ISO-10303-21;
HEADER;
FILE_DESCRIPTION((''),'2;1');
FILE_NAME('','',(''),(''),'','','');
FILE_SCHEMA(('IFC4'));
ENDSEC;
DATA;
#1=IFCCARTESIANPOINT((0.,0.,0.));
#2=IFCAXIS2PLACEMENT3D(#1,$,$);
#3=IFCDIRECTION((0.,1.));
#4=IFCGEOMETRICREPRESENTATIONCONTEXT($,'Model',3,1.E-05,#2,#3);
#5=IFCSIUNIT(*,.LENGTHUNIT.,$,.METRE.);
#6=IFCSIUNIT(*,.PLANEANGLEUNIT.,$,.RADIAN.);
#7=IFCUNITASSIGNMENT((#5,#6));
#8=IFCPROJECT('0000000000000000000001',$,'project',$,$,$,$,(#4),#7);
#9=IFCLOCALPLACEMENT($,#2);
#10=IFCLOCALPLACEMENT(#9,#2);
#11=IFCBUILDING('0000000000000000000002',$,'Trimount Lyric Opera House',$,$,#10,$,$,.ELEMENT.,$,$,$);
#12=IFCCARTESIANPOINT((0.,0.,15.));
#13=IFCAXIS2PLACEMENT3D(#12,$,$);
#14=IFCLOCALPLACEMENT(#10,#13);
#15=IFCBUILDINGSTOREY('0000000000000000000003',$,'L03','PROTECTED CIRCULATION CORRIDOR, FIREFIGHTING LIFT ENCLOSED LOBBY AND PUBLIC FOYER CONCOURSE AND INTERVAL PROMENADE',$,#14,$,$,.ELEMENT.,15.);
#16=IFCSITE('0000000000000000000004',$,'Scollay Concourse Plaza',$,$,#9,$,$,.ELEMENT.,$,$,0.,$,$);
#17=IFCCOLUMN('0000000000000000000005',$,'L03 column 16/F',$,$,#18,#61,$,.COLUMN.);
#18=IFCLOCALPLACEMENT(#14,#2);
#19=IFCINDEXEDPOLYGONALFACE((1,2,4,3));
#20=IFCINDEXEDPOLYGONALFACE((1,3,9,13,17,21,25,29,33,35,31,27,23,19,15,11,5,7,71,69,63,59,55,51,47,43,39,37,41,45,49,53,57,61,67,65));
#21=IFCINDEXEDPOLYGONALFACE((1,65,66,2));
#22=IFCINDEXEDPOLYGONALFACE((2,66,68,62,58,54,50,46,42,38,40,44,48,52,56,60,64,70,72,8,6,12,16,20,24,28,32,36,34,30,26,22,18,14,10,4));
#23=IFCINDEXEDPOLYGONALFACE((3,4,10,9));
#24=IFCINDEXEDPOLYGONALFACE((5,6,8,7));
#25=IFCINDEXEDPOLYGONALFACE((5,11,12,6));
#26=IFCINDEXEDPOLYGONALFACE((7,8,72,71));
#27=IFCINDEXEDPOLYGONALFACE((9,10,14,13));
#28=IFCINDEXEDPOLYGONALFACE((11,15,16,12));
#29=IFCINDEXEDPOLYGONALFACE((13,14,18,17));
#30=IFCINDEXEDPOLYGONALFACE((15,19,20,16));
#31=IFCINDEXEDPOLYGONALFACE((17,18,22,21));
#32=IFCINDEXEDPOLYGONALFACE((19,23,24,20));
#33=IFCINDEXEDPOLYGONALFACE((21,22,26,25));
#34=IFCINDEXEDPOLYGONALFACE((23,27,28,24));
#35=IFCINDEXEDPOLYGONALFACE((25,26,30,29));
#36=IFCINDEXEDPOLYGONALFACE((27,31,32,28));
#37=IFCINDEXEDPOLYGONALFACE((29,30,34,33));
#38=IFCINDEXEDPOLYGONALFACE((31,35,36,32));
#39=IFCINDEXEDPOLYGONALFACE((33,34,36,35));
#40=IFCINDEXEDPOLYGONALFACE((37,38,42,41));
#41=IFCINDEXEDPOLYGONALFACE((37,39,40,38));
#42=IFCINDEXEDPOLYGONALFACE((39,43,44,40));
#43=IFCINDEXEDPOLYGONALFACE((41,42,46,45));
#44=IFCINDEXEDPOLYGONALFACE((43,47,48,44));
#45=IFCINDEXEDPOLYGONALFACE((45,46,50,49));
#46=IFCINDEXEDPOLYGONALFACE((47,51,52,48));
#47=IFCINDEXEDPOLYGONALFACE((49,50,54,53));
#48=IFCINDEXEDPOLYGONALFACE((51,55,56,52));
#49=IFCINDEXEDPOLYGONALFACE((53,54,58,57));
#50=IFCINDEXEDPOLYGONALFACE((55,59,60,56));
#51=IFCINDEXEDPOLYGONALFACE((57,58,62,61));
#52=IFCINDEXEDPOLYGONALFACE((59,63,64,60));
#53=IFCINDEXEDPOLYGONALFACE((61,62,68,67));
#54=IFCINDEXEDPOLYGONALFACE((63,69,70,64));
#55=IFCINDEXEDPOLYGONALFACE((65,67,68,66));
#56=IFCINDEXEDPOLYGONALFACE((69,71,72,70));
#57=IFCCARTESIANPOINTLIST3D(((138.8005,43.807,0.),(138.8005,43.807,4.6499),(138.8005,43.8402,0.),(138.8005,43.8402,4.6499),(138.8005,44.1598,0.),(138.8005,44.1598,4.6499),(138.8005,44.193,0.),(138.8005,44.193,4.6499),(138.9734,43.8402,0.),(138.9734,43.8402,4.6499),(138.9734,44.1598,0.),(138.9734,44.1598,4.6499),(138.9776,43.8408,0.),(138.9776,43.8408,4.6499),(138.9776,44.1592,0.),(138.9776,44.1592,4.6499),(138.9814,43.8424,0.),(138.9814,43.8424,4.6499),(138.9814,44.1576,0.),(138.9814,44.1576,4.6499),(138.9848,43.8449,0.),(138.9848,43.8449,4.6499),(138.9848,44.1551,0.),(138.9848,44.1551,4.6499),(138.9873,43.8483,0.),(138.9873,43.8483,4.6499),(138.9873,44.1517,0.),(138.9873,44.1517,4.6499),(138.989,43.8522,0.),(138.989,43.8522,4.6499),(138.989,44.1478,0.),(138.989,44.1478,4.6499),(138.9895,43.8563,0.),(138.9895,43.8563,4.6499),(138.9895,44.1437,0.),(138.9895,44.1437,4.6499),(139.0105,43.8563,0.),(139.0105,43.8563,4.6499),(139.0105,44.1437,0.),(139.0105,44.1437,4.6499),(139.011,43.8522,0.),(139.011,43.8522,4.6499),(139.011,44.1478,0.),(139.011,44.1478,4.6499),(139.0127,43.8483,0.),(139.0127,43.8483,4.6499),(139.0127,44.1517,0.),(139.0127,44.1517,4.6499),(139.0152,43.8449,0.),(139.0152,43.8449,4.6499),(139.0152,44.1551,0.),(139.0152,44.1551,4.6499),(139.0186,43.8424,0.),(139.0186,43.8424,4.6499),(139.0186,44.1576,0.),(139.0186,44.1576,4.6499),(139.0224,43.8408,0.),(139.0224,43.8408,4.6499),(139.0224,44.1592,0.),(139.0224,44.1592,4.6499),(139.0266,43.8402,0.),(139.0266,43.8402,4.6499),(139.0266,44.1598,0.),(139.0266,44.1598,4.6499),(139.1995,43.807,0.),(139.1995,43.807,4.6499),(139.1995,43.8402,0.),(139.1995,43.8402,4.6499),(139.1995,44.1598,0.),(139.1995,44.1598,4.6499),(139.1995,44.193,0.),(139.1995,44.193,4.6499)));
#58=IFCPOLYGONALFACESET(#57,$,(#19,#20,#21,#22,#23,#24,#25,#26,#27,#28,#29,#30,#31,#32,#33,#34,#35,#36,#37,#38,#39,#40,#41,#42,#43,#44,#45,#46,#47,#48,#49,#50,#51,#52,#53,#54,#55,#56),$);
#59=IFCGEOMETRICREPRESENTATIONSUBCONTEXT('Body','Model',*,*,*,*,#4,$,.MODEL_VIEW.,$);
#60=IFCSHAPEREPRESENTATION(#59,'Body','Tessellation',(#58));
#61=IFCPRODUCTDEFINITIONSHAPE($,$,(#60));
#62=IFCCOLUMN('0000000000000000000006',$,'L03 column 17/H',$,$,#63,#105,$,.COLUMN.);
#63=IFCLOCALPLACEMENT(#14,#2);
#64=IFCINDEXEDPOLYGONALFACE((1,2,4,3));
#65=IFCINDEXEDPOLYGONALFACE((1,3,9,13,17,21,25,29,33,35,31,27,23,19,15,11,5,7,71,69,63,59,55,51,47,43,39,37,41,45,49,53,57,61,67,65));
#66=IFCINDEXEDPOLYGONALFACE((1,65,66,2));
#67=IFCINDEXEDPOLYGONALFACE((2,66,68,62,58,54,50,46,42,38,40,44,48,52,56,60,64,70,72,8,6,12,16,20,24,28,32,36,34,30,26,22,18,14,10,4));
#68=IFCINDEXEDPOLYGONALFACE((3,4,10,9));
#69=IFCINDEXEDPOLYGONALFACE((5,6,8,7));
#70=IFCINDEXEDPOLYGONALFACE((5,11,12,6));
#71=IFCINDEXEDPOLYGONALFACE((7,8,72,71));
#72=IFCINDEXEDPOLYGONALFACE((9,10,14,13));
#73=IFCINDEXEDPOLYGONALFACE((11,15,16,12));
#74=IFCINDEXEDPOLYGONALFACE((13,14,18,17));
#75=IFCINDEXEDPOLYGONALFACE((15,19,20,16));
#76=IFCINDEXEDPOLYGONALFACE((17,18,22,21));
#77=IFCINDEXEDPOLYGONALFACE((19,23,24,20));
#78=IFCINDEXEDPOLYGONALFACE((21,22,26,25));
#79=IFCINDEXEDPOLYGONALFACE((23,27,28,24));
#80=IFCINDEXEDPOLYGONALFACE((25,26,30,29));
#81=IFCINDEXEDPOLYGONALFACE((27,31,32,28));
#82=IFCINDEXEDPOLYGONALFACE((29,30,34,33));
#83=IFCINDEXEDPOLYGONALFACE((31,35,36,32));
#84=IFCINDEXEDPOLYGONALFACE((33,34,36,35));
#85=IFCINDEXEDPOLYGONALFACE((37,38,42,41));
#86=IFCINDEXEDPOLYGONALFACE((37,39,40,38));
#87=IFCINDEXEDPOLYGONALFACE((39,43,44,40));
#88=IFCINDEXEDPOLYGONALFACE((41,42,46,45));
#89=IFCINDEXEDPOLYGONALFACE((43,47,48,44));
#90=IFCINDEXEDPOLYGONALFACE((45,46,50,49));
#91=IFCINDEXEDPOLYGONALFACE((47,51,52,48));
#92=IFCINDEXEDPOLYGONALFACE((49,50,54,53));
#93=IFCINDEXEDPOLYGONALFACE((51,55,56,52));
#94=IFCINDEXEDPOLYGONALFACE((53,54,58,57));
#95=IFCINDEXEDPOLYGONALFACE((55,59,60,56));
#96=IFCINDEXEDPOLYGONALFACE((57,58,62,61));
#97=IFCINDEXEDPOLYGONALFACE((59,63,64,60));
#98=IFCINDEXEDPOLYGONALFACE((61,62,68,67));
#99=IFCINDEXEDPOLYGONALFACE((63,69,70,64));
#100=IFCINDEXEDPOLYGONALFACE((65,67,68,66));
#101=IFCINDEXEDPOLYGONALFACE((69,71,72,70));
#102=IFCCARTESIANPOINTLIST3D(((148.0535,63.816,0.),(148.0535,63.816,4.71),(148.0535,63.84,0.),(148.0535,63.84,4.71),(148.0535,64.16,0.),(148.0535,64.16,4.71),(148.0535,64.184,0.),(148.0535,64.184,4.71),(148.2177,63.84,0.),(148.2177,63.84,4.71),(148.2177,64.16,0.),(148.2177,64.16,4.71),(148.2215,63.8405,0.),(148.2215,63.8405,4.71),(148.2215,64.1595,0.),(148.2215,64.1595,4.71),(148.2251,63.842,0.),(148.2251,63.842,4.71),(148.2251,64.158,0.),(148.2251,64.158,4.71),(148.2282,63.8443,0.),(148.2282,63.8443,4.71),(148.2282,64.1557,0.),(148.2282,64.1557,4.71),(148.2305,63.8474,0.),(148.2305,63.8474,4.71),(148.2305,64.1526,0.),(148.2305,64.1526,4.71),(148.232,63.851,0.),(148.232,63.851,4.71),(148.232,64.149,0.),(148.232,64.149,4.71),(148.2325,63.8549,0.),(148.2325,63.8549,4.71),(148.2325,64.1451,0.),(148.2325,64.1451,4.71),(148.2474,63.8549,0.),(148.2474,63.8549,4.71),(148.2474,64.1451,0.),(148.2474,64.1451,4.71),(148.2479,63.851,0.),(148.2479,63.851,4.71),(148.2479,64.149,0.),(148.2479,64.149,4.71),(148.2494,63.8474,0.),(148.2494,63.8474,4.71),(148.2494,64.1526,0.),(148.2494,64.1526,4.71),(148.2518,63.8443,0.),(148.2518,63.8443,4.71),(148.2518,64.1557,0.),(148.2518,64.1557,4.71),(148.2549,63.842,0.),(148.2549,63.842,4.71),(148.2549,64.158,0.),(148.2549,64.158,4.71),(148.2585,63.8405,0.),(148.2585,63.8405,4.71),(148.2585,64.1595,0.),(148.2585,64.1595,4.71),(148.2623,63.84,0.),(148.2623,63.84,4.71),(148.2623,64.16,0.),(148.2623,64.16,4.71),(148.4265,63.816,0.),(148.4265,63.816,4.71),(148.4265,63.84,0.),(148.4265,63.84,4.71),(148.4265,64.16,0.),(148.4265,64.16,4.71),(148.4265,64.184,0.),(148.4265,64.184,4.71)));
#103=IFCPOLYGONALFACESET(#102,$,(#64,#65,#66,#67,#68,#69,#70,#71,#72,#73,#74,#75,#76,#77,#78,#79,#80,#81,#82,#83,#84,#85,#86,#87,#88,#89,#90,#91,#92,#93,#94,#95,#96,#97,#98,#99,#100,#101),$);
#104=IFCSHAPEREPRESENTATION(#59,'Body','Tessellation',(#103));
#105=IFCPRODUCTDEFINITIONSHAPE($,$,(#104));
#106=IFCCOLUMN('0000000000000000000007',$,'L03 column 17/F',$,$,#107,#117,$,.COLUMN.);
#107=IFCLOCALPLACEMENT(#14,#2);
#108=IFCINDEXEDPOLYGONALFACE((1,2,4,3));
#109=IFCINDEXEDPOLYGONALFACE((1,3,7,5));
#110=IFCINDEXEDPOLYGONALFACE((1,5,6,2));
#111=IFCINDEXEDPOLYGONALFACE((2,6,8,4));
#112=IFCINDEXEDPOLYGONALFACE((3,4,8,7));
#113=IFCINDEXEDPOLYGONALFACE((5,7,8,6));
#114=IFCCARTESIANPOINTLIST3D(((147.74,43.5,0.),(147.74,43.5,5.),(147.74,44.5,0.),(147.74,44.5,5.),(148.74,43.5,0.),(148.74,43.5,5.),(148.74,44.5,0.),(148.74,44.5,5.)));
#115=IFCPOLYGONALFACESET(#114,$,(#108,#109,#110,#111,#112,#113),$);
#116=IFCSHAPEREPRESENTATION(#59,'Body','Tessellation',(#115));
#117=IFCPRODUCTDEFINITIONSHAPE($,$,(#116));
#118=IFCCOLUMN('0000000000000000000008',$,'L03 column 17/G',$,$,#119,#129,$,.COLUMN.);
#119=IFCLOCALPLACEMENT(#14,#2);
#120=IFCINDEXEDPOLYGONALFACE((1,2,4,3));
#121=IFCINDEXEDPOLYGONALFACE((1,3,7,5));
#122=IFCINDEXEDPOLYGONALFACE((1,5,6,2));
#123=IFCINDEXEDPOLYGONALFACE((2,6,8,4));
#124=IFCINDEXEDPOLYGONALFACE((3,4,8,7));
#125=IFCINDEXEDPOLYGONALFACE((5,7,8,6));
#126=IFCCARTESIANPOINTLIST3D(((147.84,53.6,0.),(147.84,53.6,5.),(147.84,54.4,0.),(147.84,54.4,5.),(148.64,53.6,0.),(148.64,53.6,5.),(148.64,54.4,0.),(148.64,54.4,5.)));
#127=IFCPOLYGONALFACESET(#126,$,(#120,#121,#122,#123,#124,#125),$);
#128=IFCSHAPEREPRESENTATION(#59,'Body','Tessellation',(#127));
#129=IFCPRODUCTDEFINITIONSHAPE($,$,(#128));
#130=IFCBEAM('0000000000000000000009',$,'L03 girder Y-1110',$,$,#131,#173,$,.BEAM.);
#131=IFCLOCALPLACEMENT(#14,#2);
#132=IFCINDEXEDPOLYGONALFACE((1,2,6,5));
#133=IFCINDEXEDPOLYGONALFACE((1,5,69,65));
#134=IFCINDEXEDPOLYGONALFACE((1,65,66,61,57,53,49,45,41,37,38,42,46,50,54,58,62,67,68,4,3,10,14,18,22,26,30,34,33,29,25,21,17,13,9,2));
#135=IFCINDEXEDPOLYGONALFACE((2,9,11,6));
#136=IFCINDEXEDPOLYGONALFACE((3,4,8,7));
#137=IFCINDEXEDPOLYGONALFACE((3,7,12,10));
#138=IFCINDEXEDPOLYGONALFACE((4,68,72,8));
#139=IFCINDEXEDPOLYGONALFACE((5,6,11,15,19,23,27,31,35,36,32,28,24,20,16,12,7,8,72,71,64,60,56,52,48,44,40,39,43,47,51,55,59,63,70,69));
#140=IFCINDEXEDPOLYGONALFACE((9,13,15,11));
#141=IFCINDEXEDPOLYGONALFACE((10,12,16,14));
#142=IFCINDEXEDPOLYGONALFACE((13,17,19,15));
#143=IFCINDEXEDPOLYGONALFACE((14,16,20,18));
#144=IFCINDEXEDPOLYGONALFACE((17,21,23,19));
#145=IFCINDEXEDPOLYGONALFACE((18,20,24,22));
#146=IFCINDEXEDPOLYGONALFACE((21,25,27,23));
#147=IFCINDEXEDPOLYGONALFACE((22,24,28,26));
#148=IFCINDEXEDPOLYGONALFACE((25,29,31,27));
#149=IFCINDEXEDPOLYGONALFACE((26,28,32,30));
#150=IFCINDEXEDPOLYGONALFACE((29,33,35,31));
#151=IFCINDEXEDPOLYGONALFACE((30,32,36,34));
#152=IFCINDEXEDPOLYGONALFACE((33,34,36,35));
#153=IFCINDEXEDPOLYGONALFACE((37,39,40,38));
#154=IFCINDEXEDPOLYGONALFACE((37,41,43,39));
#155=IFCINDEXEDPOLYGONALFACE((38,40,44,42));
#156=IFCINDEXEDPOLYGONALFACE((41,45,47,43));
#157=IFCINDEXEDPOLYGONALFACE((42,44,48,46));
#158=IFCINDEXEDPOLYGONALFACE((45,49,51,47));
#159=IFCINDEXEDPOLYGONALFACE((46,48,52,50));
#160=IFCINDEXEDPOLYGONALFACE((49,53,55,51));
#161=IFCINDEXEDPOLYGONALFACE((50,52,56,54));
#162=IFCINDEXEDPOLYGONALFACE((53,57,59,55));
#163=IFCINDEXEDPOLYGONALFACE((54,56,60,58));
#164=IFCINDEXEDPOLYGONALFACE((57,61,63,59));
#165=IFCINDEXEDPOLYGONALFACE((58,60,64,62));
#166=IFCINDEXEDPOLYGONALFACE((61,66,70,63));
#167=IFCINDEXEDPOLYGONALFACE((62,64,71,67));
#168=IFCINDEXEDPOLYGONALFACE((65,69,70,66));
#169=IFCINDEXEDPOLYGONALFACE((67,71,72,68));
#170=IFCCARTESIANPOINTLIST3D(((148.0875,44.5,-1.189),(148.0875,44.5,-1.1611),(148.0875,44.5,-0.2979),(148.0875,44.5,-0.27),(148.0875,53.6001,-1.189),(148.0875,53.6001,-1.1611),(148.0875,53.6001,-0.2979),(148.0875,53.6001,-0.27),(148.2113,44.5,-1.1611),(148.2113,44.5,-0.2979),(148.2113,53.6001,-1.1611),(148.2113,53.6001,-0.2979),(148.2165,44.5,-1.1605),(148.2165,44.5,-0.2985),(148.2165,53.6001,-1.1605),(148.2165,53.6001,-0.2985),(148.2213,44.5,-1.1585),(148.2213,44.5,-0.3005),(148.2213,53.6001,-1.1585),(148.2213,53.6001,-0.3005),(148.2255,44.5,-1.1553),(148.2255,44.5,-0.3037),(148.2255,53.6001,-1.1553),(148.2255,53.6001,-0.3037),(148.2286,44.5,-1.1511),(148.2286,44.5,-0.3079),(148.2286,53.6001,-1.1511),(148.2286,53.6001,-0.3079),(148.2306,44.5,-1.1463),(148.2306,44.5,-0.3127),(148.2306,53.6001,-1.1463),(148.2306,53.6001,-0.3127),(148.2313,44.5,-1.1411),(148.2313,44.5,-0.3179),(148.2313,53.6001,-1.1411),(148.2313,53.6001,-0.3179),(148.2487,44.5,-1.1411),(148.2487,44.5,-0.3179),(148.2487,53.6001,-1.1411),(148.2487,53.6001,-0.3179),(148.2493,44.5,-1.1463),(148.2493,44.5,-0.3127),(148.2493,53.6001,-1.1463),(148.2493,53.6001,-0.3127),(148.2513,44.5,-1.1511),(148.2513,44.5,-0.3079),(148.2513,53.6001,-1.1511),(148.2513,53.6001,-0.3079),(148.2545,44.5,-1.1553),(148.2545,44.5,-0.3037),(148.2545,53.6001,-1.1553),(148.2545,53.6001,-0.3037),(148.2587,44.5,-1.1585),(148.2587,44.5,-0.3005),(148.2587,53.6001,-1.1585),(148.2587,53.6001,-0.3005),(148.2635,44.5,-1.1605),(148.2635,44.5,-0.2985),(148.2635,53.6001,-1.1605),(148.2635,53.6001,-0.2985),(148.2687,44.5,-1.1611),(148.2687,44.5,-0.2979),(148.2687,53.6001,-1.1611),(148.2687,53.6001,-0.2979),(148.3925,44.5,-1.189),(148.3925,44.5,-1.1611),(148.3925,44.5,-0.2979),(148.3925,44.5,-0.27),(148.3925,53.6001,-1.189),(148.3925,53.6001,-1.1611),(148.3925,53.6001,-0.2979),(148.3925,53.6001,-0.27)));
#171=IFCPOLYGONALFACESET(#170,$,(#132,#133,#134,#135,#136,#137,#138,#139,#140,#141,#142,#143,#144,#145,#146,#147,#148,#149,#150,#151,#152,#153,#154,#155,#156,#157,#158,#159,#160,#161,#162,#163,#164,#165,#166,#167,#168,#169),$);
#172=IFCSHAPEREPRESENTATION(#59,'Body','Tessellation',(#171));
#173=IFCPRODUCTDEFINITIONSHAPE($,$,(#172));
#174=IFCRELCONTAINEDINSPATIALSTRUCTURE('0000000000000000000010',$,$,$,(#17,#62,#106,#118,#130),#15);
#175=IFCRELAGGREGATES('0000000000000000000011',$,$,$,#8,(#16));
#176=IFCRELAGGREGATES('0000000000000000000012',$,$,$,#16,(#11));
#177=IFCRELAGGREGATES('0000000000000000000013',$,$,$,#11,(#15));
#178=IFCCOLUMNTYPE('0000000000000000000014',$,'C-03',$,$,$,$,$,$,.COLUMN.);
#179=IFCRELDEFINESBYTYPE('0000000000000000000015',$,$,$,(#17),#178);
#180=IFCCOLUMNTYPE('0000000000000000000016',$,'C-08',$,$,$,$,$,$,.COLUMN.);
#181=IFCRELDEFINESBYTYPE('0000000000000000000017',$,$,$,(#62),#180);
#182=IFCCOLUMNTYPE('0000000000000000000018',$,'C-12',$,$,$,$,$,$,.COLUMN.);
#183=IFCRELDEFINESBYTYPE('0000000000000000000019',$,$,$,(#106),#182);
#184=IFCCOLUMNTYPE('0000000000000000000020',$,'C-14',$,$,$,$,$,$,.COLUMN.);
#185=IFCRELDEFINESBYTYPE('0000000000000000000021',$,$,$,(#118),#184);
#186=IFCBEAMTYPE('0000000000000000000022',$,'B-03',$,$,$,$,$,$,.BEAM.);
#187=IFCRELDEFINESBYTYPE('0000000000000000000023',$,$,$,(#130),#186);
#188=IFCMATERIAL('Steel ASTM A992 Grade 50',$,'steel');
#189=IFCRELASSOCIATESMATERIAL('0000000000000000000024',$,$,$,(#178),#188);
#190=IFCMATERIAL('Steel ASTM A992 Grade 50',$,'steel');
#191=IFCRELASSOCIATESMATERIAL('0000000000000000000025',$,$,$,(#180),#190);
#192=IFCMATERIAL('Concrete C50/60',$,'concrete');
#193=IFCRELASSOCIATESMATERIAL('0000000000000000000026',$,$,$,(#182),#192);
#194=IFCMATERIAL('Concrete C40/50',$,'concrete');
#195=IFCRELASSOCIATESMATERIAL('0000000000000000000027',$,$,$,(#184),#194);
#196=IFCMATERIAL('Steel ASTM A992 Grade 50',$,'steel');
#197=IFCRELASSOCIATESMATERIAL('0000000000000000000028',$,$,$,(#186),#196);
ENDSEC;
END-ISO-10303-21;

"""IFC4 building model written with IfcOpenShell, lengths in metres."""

from ifc_helpers import new_model, si_unit, direction, frame, origin, origin_2d, place, context, subcontext, project, spatial, rectangle, i_section, extrude, material, material_profile, profile_set, type_object, element, save


model = new_model("IFC4")

# Units and contexts
model_context = context("Model", 3, precision=1e-05, world=origin(), true_north=direction((0.0, 1.0)))
body_context = subcontext(model_context, "Body", "Model", "MODEL_VIEW")
ifc_project = project(units=[si_unit("LENGTHUNIT", "METRE"), si_unit("PLANEANGLEUNIT", "RADIAN")], contexts=[model_context])

# Site, building, storey
site_placement = place(None, origin())
site = spatial("IfcSite", under=ifc_project, at=site_placement, Name="Scollay Concourse Plaza", CompositionType="ELEMENT", RefElevation=0.0)
building_placement = place(site_placement, origin())
building = spatial("IfcBuilding", under=site, at=building_placement, Name="Trimount Lyric Opera House", CompositionType="ELEMENT")
storey_placement = place(building_placement, frame((0.0, 0.0, 15.0)))
storey = spatial("IfcBuildingStorey", under=building, at=storey_placement, Name="L03", Description="PROTECTED CIRCULATION CORRIDOR, FIREFIGHTING LIFT ENCLOSED LOBBY AND PUBLIC FOYER CONCOURSE AND INTERVAL PROMENADE", CompositionType="ELEMENT", Elevation=15.0)

# Columns
ifc_material_1 = material(Name="Steel ASTM A992 Grade 50", Category="steel")
ifc_material_profile_1 = material_profile(ifc_material_1, i_section(OverallWidth=0.3989, OverallDepth=0.386, WebThickness=0.021, FlangeThickness=0.0332, FilletRadius=0.0161, at=origin_2d()), Name="W14X176")
ifc_profile_set_1 = profile_set([ifc_material_profile_1], Name="Steel ASTM A992 Grade 50")
column_type_1 = type_object("IfcColumnType", Name="C-03", PredefinedType="COLUMN", material=ifc_profile_set_1)
column_1_placement = place(storey_placement, frame((139.0, 44.0, 0.0), z_axis=(0.0, 0.0, 1.0), x_axis=(1.0, 0.0, 0.0)))
element("IfcColumn", 1, at=column_1_placement, inside=storey, type_object=column_type_1, Name="L03 column 16/F", PredefinedType="COLUMN", context=body_context, shape_type="SweptSolid", body=[
    extrude(i_section(OverallWidth=0.3989, OverallDepth=0.386, WebThickness=0.021, FlangeThickness=0.0332, FilletRadius=0.0161, at=origin_2d()), origin(), (0.0, 0.0, 1.0), 4.6499),
])
ifc_material_2 = material(Name="Steel ASTM A992 Grade 50", Category="steel")
ifc_material_profile_2 = material_profile(ifc_material_2, i_section(OverallWidth=0.373, OverallDepth=0.3679, WebThickness=0.0149, FlangeThickness=0.0239, FilletRadius=0.0149, at=origin_2d()), Name="W14X120")
ifc_profile_set_2 = profile_set([ifc_material_profile_2], Name="Steel ASTM A992 Grade 50")
column_type_2 = type_object("IfcColumnType", Name="C-08", PredefinedType="COLUMN", material=ifc_profile_set_2)
column_2_placement = place(storey_placement, frame((148.24, 64.0, 0.0), z_axis=(0.0, 0.0, 1.0), x_axis=(1.0, 0.0, 0.0)))
element("IfcColumn", 2, at=column_2_placement, inside=storey, type_object=column_type_2, Name="L03 column 17/H", PredefinedType="COLUMN", context=body_context, shape_type="SweptSolid", body=[
    extrude(i_section(OverallWidth=0.373, OverallDepth=0.3679, WebThickness=0.0149, FlangeThickness=0.0239, FilletRadius=0.0149, at=origin_2d()), origin(), (0.0, 0.0, 1.0), 4.71),
])
ifc_material_3 = material(Name="Concrete C50/60", Category="concrete")
ifc_material_profile_3 = material_profile(ifc_material_3, rectangle(XDim=1.0, YDim=1.0, at=origin_2d()), Name="RC1000X1000")
ifc_profile_set_3 = profile_set([ifc_material_profile_3], Name="Concrete C50/60")
column_type_3 = type_object("IfcColumnType", Name="C-12", PredefinedType="COLUMN", material=ifc_profile_set_3)
column_3_placement = place(storey_placement, frame((148.24, 44.0, 0.0), z_axis=(0.0, 0.0, 1.0), x_axis=(1.0, 0.0, 0.0)))
element("IfcColumn", 3, at=column_3_placement, inside=storey, type_object=column_type_3, Name="L03 column 17/F", PredefinedType="COLUMN", context=body_context, shape_type="SweptSolid", body=[
    extrude(rectangle(XDim=1.0, YDim=1.0, at=origin_2d()), origin(), (0.0, 0.0, 1.0), 5.0),
])
ifc_material_4 = material(Name="Concrete C40/50", Category="concrete")
ifc_material_profile_4 = material_profile(ifc_material_4, rectangle(XDim=0.8, YDim=0.8, at=origin_2d()), Name="RC800X800")
ifc_profile_set_4 = profile_set([ifc_material_profile_4], Name="Concrete C40/50")
column_type_4 = type_object("IfcColumnType", Name="C-14", PredefinedType="COLUMN", material=ifc_profile_set_4)
column_4_placement = place(storey_placement, frame((148.24, 54.0, 0.0), z_axis=(0.0, 0.0, 1.0), x_axis=(1.0, 0.0, 0.0)))
element("IfcColumn", 4, at=column_4_placement, inside=storey, type_object=column_type_4, Name="L03 column 17/G", PredefinedType="COLUMN", context=body_context, shape_type="SweptSolid", body=[
    extrude(rectangle(XDim=0.8, YDim=0.8, at=origin_2d()), origin(), (0.0, 0.0, 1.0), 5.0),
])

# Beam
ifc_material_5 = material(Name="Steel ASTM A992 Grade 50", Category="steel")
ifc_material_profile_5 = material_profile(ifc_material_5, i_section(OverallWidth=0.3049, OverallDepth=0.9189, WebThickness=0.0173, FlangeThickness=0.0278, FilletRadius=0.02, at=origin_2d()), Name="W36X170")
ifc_profile_set_5 = profile_set([ifc_material_profile_5], Name="Steel ASTM A992 Grade 50")
beam_type_1 = type_object("IfcBeamType", Name="B-03", PredefinedType="BEAM", material=ifc_profile_set_5)
beam_1_placement = place(storey_placement, frame((148.24, 44.5, -0.7295), z_axis=(0.0, 1.0, 0.0), x_axis=(-1.0, 0.0, 0.0)))
element("IfcBeam", 5, at=beam_1_placement, inside=storey, type_object=beam_type_1, Name="L03 girder Y-1110", PredefinedType="BEAM", context=body_context, shape_type="SweptSolid", body=[
    extrude(i_section(OverallWidth=0.3049, OverallDepth=0.9189, WebThickness=0.0173, FlangeThickness=0.0278, FilletRadius=0.02, at=origin_2d()), origin(), (0.0, 0.0, 1.0), 9.1001),
])

save(model, "model.ifc")
